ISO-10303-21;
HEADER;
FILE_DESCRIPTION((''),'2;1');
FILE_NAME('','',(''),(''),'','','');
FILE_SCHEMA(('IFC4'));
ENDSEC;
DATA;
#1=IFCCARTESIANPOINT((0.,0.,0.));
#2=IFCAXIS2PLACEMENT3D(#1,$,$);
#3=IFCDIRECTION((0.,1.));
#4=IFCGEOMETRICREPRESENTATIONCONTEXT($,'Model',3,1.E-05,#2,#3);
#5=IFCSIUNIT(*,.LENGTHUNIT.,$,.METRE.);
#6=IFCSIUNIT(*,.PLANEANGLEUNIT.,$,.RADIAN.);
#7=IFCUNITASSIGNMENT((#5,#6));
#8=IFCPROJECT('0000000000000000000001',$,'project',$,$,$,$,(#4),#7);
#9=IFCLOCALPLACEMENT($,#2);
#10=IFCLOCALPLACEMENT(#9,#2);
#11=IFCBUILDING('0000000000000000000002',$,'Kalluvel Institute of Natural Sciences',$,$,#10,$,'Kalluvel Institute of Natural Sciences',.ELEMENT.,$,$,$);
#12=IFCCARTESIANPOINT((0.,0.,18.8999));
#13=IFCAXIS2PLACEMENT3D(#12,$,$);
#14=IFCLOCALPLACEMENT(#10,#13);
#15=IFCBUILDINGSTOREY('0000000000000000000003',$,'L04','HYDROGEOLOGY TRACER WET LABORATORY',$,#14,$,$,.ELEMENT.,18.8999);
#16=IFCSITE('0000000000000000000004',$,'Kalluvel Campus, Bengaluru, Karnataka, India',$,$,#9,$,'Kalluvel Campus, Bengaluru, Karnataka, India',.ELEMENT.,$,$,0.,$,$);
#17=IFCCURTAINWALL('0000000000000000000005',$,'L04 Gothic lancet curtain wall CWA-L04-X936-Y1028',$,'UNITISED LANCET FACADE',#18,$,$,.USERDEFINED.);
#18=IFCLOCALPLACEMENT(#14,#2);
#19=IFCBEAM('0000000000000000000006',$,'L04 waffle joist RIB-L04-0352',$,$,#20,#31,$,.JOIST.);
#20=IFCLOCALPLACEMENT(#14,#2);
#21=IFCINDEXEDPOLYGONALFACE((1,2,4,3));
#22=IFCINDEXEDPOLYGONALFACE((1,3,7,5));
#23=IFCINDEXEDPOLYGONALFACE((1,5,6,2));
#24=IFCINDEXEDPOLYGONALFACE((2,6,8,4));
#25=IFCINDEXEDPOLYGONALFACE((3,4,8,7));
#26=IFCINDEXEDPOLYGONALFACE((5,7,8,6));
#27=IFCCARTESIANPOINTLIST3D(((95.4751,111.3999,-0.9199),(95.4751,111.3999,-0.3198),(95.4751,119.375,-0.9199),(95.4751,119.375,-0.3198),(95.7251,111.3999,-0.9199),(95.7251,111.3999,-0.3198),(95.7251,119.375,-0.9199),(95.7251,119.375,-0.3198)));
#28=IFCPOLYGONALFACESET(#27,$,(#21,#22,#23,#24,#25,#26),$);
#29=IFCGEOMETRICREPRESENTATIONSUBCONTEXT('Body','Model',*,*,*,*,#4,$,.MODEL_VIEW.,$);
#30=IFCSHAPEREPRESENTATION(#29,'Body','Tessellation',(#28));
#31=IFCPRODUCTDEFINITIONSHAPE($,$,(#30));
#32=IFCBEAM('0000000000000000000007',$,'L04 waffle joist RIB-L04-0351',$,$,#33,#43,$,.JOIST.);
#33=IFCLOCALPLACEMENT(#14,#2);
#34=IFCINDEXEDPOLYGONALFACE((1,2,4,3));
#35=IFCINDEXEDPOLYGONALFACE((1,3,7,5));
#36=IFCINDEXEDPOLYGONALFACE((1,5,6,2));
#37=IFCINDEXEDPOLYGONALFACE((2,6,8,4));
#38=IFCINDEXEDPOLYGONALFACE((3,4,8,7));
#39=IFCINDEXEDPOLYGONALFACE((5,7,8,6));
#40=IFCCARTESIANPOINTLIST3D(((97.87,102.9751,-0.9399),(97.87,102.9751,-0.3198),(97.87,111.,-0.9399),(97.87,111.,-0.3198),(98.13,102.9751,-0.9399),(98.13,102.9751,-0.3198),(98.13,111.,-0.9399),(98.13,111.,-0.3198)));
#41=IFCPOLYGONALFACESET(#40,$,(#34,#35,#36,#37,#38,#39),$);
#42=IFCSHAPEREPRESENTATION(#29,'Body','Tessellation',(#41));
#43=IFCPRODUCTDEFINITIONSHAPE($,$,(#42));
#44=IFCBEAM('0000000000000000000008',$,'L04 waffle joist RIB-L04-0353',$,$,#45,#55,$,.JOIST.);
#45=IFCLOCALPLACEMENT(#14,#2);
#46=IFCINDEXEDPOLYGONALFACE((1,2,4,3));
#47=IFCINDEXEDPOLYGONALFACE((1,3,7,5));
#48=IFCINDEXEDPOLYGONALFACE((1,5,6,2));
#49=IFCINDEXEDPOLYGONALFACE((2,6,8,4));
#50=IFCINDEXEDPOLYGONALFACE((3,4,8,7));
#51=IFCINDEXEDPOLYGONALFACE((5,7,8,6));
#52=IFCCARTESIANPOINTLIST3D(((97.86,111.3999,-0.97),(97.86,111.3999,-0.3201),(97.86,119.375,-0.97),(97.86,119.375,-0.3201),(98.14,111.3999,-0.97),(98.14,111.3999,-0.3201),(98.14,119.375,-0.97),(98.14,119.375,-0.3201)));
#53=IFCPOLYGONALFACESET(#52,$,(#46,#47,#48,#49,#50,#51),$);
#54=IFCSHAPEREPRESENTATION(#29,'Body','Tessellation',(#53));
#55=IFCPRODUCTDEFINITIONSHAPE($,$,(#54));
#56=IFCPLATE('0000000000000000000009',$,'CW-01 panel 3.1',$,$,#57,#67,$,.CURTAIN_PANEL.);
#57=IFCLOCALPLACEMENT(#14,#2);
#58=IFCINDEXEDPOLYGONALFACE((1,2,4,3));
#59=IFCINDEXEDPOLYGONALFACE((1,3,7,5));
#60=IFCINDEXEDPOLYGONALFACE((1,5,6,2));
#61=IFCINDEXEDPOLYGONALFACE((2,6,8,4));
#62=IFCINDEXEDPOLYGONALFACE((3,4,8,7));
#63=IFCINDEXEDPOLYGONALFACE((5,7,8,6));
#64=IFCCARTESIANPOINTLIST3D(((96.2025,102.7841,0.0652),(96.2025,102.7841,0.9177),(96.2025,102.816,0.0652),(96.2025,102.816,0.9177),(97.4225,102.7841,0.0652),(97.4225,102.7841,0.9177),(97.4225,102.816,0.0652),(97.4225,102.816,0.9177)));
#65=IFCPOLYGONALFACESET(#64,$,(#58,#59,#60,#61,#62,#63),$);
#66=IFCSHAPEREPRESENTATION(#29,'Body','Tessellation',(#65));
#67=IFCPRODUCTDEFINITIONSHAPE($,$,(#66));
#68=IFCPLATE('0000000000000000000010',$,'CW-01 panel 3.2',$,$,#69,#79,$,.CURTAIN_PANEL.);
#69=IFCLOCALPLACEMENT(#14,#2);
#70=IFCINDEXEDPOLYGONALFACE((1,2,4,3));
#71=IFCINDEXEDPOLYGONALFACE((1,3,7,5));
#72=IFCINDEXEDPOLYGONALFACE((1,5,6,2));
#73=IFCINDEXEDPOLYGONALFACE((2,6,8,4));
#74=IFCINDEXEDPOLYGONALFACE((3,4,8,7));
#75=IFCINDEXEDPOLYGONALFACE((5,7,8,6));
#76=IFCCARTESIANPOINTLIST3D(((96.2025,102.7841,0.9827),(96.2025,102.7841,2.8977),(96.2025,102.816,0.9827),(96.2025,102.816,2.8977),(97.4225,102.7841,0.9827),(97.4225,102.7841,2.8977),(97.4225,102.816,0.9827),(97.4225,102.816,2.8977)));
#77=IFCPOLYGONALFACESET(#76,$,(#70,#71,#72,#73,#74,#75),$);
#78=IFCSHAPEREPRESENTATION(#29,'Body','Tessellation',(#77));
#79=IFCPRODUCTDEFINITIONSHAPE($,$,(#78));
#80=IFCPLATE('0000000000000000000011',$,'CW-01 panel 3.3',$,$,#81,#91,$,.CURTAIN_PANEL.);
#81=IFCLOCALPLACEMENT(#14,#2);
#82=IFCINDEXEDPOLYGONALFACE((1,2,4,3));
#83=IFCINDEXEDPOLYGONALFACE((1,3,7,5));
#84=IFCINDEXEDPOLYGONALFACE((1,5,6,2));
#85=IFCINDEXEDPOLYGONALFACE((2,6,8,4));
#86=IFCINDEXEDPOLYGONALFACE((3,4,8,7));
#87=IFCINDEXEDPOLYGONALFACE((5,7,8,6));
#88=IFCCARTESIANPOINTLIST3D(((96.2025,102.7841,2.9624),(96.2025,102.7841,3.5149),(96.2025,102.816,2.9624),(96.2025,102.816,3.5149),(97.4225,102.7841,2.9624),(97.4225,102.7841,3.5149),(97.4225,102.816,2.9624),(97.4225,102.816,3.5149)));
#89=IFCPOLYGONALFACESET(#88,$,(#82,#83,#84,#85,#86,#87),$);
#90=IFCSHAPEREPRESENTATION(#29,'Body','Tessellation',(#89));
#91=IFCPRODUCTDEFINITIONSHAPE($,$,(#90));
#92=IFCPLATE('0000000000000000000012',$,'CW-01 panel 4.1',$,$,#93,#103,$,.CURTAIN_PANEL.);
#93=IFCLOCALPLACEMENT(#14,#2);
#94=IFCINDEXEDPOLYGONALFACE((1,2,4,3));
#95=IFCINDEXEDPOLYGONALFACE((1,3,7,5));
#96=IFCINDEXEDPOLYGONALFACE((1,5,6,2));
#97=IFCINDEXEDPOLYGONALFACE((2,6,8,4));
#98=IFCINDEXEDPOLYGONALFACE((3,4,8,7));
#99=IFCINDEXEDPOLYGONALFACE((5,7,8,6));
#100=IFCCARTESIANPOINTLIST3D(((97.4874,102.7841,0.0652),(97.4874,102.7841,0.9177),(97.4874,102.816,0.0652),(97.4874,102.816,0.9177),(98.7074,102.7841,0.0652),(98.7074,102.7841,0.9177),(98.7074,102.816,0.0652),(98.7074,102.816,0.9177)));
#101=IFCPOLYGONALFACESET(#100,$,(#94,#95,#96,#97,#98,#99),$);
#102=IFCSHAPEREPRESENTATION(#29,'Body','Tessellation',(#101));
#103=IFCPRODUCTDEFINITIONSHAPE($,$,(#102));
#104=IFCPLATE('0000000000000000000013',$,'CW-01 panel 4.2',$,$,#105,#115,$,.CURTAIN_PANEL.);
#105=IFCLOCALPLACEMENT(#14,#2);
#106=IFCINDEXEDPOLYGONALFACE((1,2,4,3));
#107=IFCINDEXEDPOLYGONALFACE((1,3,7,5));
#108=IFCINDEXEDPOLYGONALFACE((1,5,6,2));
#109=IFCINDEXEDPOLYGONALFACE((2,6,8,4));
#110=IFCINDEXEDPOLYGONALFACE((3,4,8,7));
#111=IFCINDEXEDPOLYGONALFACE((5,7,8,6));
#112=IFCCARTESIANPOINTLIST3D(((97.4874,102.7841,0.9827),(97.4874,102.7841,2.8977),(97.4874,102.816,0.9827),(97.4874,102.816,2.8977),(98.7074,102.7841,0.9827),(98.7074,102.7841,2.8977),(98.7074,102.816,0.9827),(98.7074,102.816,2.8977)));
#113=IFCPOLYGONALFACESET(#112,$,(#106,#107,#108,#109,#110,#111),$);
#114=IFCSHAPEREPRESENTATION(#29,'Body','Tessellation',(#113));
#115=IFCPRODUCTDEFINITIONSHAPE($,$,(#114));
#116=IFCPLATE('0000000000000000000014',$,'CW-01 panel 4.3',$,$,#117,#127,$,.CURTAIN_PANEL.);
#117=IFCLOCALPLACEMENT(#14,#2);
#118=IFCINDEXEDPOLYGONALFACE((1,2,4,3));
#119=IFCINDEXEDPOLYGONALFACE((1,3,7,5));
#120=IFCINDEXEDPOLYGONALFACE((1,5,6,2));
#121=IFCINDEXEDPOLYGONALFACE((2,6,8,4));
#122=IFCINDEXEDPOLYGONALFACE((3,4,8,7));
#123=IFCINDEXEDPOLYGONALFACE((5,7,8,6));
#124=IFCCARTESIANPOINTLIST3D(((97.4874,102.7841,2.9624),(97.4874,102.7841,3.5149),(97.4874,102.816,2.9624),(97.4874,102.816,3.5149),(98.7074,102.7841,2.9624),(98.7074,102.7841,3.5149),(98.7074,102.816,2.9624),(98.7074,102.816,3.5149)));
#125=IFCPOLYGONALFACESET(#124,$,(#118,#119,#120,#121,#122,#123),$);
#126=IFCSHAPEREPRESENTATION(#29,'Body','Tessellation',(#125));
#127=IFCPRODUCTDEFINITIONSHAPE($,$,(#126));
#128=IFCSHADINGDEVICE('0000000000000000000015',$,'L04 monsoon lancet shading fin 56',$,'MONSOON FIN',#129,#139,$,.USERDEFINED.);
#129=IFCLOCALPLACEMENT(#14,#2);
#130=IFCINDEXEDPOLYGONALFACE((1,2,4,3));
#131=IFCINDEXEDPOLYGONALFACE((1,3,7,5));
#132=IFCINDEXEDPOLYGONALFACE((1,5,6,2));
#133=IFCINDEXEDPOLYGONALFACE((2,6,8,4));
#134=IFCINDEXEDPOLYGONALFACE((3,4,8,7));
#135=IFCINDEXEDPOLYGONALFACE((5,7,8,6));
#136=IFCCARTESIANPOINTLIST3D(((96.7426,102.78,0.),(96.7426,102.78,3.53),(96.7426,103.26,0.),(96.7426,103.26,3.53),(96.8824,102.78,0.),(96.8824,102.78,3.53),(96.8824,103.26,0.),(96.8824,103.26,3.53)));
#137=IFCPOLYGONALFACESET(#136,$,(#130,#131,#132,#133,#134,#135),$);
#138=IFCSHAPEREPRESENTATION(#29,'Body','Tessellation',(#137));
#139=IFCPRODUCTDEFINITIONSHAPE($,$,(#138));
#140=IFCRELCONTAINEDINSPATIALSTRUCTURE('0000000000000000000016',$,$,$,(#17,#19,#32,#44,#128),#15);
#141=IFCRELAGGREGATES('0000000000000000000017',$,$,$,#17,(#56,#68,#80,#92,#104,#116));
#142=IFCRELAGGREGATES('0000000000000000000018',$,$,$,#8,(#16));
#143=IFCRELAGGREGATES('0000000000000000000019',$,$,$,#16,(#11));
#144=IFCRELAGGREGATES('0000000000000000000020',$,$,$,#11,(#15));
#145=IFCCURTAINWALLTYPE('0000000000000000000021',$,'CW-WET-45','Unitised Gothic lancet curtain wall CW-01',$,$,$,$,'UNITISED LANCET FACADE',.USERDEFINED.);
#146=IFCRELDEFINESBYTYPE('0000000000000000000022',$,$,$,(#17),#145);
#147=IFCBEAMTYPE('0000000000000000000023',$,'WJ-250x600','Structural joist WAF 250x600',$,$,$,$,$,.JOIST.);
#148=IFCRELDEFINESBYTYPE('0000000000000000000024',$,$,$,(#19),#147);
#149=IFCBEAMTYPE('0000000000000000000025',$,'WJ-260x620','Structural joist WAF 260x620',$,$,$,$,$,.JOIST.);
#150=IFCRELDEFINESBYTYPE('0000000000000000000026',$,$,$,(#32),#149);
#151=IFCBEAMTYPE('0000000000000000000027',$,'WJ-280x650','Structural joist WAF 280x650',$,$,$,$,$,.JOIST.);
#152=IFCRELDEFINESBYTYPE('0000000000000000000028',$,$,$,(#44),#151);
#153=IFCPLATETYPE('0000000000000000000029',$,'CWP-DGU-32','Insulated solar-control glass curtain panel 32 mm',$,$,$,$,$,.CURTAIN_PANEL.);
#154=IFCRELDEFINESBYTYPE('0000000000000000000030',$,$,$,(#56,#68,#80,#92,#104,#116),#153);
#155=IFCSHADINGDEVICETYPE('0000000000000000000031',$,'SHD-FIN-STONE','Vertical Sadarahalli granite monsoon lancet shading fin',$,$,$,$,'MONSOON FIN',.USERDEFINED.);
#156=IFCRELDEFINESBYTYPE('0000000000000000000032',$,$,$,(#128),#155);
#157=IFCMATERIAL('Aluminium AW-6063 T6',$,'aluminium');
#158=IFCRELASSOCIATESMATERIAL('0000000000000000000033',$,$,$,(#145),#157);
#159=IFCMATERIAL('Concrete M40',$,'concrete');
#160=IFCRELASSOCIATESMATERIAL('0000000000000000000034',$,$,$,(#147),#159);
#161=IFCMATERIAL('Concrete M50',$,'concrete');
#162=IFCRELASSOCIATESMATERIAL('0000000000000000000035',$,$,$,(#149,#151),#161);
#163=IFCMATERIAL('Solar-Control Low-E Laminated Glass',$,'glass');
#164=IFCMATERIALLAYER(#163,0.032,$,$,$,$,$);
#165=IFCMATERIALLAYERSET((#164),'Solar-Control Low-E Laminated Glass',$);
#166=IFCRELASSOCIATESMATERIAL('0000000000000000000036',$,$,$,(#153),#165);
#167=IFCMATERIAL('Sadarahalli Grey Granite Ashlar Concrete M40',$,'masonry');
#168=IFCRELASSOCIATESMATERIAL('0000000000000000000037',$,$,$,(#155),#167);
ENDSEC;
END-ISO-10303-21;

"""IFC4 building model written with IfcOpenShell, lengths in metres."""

from ifc_helpers import new_model, si_unit, direction, frame, origin, origin_2d, place, context, subcontext, project, spatial, rectangle, extrude, material, layer, layer_set, material_profile, profile_set, type_object, element, aggregate, save


model = new_model("IFC4")

# Units and contexts
model_context = context("Model", 3, precision=1e-05, world=origin(), true_north=direction((0.0, 1.0)))
body_context = subcontext(model_context, "Body", "Model", "MODEL_VIEW")
ifc_project = project(units=[si_unit("LENGTHUNIT", "METRE"), si_unit("PLANEANGLEUNIT", "RADIAN")], contexts=[model_context])

# Site, building, storey
site_placement = place(None, origin())
site = spatial("IfcSite", under=ifc_project, at=site_placement, Name="Kalluvel Campus, Bengaluru, Karnataka, India", LongName="Kalluvel Campus, Bengaluru, Karnataka, India", CompositionType="ELEMENT", RefElevation=0.0)
building_placement = place(site_placement, origin())
building = spatial("IfcBuilding", under=site, at=building_placement, Name="Kalluvel Institute of Natural Sciences", LongName="Kalluvel Institute of Natural Sciences", CompositionType="ELEMENT")
storey_placement = place(building_placement, frame((0.0, 0.0, 18.8999)))
storey = spatial("IfcBuildingStorey", under=building, at=storey_placement, Name="L04", Description="HYDROGEOLOGY TRACER WET LABORATORY", CompositionType="ELEMENT", Elevation=18.8999)

# Shared definitions
ifc_material_1 = material(Name="Concrete M40", Category="concrete")

# Curtain wall
ifc_material_2 = material(Name="Aluminium AW-6063 T6", Category="aluminium")
curtain_wall_type = type_object("IfcCurtainWallType", Name="CW-WET-45", Description="Unitised Gothic lancet curtain wall CW-01", ElementType="UNITISED LANCET FACADE", PredefinedType="USERDEFINED", material=ifc_material_2)
curtain_wall_placement = place(storey_placement, origin())
curtain_wall = element("IfcCurtainWall", 1, at=curtain_wall_placement, inside=storey, type_object=curtain_wall_type, Name="L04 Gothic lancet curtain wall CWA-L04-X936-Y1028", ObjectType="UNITISED LANCET FACADE", PredefinedType="USERDEFINED")

# Beams
ifc_material_profile_1 = material_profile(ifc_material_1, rectangle(XDim=0.25, YDim=0.6001, at=origin_2d()), Name="WAF 250x600")
ifc_profile_set_1 = profile_set([ifc_material_profile_1], Name="Concrete M40")
beam_type_1 = type_object("IfcBeamType", Name="WJ-250x600", Description="Structural joist WAF 250x600", PredefinedType="JOIST", material=ifc_profile_set_1)
beam_1_placement = place(storey_placement, frame((95.6001, 111.3999, -0.6199), z_axis=(0.0, 1.0, 0.0), x_axis=(-1.0, 0.0, 0.0)))
element("IfcBeam", 2, at=beam_1_placement, inside=storey, type_object=beam_type_1, Name="L04 waffle joist RIB-L04-0352", PredefinedType="JOIST", context=body_context, shape_type="SweptSolid", body=[
    extrude(rectangle(XDim=0.25, YDim=0.6001, at=origin_2d()), origin(), (0.0, 0.0, 1.0), 7.9751),
])
ifc_material_3 = material(Name="Concrete M50", Category="concrete")
ifc_material_profile_2 = material_profile(ifc_material_3, rectangle(XDim=0.26, YDim=0.6201, at=origin_2d()), Name="WAF 260x620")
ifc_profile_set_2 = profile_set([ifc_material_profile_2], Name="Concrete M50")
beam_type_2 = type_object("IfcBeamType", Name="WJ-260x620", Description="Structural joist WAF 260x620", PredefinedType="JOIST", material=ifc_profile_set_2)
beam_2_placement = place(storey_placement, frame((98.0, 102.9751, -0.6299), z_axis=(0.0, 1.0, 0.0), x_axis=(-1.0, 0.0, 0.0)))
element("IfcBeam", 3, at=beam_2_placement, inside=storey, type_object=beam_type_2, Name="L04 waffle joist RIB-L04-0351", PredefinedType="JOIST", context=body_context, shape_type="SweptSolid", body=[
    extrude(rectangle(XDim=0.26, YDim=0.6201, at=origin_2d()), origin(), (0.0, 0.0, 1.0), 8.0249),
])
ifc_material_profile_3 = material_profile(ifc_material_3, rectangle(XDim=0.28, YDim=0.6499, at=origin_2d()), Name="WAF 280x650")
ifc_profile_set_3 = profile_set([ifc_material_profile_3], Name="Concrete M50")
beam_type_3 = type_object("IfcBeamType", Name="WJ-280x650", Description="Structural joist WAF 280x650", PredefinedType="JOIST", material=ifc_profile_set_3)
beam_3_placement = place(storey_placement, frame((98.0, 111.3999, -0.645), z_axis=(0.0, 1.0, 0.0), x_axis=(-1.0, 0.0, 0.0)))
element("IfcBeam", 4, at=beam_3_placement, inside=storey, type_object=beam_type_3, Name="L04 waffle joist RIB-L04-0353", PredefinedType="JOIST", context=body_context, shape_type="SweptSolid", body=[
    extrude(rectangle(XDim=0.28, YDim=0.6499, at=origin_2d()), origin(), (0.0, 0.0, 1.0), 7.9751),
])

# Plates
ifc_material_4 = material(Name="Solar-Control Low-E Laminated Glass", Category="glass")
ifc_layer = layer(ifc_material_4, 0.032)
ifc_layer_set = layer_set([ifc_layer], Name="Solar-Control Low-E Laminated Glass")
plate_type = type_object("IfcPlateType", Name="CWP-DGU-32", Description="Insulated solar-control glass curtain panel 32 mm", PredefinedType="CURTAIN_PANEL", material=ifc_layer_set)
plate_1_placement = place(storey_placement, frame((96.8125, 102.8, 0.0652), z_axis=(0.0, 0.0, 1.0), x_axis=(1.0, 0.0, 0.0)))
plate_1 = element("IfcPlate", 5, at=plate_1_placement, type_object=plate_type, Name="CW-01 panel 3.1", PredefinedType="CURTAIN_PANEL", context=body_context, shape_type="SweptSolid", body=[
    extrude(rectangle(XDim=1.22, YDim=0.032, at=origin_2d()), origin(), (0.0, 0.0, 1.0), 0.8525),
])
plate_2_placement = place(storey_placement, frame((96.8125, 102.8, 0.9827), z_axis=(0.0, 0.0, 1.0), x_axis=(1.0, 0.0, 0.0)))
plate_2 = element("IfcPlate", 6, at=plate_2_placement, type_object=plate_type, Name="CW-01 panel 3.2", PredefinedType="CURTAIN_PANEL", context=body_context, shape_type="SweptSolid", body=[
    extrude(rectangle(XDim=1.22, YDim=0.032, at=origin_2d()), origin(), (0.0, 0.0, 1.0), 1.915),
])
plate_3_placement = place(storey_placement, frame((96.8125, 102.8, 2.9624), z_axis=(0.0, 0.0, 1.0), x_axis=(1.0, 0.0, 0.0)))
plate_3 = element("IfcPlate", 7, at=plate_3_placement, type_object=plate_type, Name="CW-01 panel 3.3", PredefinedType="CURTAIN_PANEL", context=body_context, shape_type="SweptSolid", body=[
    extrude(rectangle(XDim=1.22, YDim=0.032, at=origin_2d()), origin(), (0.0, 0.0, 1.0), 0.5525),
])
plate_4_placement = place(storey_placement, frame((98.0974, 102.8, 0.0652), z_axis=(0.0, 0.0, 1.0), x_axis=(1.0, 0.0, 0.0)))
plate_4 = element("IfcPlate", 8, at=plate_4_placement, type_object=plate_type, Name="CW-01 panel 4.1", PredefinedType="CURTAIN_PANEL", context=body_context, shape_type="SweptSolid", body=[
    extrude(rectangle(XDim=1.22, YDim=0.032, at=origin_2d()), origin(), (0.0, 0.0, 1.0), 0.8525),
])
plate_5_placement = place(storey_placement, frame((98.0974, 102.8, 0.9827), z_axis=(0.0, 0.0, 1.0), x_axis=(1.0, 0.0, 0.0)))
plate_5 = element("IfcPlate", 9, at=plate_5_placement, type_object=plate_type, Name="CW-01 panel 4.2", PredefinedType="CURTAIN_PANEL", context=body_context, shape_type="SweptSolid", body=[
    extrude(rectangle(XDim=1.22, YDim=0.032, at=origin_2d()), origin(), (0.0, 0.0, 1.0), 1.915),
])
plate_6_placement = place(storey_placement, frame((98.0974, 102.8, 2.9624), z_axis=(0.0, 0.0, 1.0), x_axis=(1.0, 0.0, 0.0)))
plate_6 = element("IfcPlate", 10, at=plate_6_placement, type_object=plate_type, Name="CW-01 panel 4.3", PredefinedType="CURTAIN_PANEL", context=body_context, shape_type="SweptSolid", body=[
    extrude(rectangle(XDim=1.22, YDim=0.032, at=origin_2d()), origin(), (0.0, 0.0, 1.0), 0.5525),
])
aggregate(curtain_wall, [plate_1, plate_2, plate_3, plate_4, plate_5, plate_6])

# Shading device
ifc_material_5 = material(Name="Sadarahalli Grey Granite Ashlar Concrete M40", Category="masonry")
shading_device_type = type_object("IfcShadingDeviceType", Name="SHD-FIN-STONE", Description="Vertical Sadarahalli granite monsoon lancet shading fin", ElementType="MONSOON FIN", PredefinedType="USERDEFINED", material=ifc_material_5)
shading_device_placement = place(storey_placement, frame((96.8125, 103.02, 0.0), z_axis=(0.0, 0.0, 1.0), x_axis=(1.0, 0.0, 0.0)))
element("IfcShadingDevice", 11, at=shading_device_placement, inside=storey, type_object=shading_device_type, Name="L04 monsoon lancet shading fin 56", ObjectType="MONSOON FIN", PredefinedType="USERDEFINED", context=body_context, shape_type="SweptSolid", body=[
    extrude(rectangle(XDim=0.1399, YDim=0.48, at=origin_2d()), origin(), (0.0, 0.0, 1.0), 3.53),
])

save(model, "model.ifc")
